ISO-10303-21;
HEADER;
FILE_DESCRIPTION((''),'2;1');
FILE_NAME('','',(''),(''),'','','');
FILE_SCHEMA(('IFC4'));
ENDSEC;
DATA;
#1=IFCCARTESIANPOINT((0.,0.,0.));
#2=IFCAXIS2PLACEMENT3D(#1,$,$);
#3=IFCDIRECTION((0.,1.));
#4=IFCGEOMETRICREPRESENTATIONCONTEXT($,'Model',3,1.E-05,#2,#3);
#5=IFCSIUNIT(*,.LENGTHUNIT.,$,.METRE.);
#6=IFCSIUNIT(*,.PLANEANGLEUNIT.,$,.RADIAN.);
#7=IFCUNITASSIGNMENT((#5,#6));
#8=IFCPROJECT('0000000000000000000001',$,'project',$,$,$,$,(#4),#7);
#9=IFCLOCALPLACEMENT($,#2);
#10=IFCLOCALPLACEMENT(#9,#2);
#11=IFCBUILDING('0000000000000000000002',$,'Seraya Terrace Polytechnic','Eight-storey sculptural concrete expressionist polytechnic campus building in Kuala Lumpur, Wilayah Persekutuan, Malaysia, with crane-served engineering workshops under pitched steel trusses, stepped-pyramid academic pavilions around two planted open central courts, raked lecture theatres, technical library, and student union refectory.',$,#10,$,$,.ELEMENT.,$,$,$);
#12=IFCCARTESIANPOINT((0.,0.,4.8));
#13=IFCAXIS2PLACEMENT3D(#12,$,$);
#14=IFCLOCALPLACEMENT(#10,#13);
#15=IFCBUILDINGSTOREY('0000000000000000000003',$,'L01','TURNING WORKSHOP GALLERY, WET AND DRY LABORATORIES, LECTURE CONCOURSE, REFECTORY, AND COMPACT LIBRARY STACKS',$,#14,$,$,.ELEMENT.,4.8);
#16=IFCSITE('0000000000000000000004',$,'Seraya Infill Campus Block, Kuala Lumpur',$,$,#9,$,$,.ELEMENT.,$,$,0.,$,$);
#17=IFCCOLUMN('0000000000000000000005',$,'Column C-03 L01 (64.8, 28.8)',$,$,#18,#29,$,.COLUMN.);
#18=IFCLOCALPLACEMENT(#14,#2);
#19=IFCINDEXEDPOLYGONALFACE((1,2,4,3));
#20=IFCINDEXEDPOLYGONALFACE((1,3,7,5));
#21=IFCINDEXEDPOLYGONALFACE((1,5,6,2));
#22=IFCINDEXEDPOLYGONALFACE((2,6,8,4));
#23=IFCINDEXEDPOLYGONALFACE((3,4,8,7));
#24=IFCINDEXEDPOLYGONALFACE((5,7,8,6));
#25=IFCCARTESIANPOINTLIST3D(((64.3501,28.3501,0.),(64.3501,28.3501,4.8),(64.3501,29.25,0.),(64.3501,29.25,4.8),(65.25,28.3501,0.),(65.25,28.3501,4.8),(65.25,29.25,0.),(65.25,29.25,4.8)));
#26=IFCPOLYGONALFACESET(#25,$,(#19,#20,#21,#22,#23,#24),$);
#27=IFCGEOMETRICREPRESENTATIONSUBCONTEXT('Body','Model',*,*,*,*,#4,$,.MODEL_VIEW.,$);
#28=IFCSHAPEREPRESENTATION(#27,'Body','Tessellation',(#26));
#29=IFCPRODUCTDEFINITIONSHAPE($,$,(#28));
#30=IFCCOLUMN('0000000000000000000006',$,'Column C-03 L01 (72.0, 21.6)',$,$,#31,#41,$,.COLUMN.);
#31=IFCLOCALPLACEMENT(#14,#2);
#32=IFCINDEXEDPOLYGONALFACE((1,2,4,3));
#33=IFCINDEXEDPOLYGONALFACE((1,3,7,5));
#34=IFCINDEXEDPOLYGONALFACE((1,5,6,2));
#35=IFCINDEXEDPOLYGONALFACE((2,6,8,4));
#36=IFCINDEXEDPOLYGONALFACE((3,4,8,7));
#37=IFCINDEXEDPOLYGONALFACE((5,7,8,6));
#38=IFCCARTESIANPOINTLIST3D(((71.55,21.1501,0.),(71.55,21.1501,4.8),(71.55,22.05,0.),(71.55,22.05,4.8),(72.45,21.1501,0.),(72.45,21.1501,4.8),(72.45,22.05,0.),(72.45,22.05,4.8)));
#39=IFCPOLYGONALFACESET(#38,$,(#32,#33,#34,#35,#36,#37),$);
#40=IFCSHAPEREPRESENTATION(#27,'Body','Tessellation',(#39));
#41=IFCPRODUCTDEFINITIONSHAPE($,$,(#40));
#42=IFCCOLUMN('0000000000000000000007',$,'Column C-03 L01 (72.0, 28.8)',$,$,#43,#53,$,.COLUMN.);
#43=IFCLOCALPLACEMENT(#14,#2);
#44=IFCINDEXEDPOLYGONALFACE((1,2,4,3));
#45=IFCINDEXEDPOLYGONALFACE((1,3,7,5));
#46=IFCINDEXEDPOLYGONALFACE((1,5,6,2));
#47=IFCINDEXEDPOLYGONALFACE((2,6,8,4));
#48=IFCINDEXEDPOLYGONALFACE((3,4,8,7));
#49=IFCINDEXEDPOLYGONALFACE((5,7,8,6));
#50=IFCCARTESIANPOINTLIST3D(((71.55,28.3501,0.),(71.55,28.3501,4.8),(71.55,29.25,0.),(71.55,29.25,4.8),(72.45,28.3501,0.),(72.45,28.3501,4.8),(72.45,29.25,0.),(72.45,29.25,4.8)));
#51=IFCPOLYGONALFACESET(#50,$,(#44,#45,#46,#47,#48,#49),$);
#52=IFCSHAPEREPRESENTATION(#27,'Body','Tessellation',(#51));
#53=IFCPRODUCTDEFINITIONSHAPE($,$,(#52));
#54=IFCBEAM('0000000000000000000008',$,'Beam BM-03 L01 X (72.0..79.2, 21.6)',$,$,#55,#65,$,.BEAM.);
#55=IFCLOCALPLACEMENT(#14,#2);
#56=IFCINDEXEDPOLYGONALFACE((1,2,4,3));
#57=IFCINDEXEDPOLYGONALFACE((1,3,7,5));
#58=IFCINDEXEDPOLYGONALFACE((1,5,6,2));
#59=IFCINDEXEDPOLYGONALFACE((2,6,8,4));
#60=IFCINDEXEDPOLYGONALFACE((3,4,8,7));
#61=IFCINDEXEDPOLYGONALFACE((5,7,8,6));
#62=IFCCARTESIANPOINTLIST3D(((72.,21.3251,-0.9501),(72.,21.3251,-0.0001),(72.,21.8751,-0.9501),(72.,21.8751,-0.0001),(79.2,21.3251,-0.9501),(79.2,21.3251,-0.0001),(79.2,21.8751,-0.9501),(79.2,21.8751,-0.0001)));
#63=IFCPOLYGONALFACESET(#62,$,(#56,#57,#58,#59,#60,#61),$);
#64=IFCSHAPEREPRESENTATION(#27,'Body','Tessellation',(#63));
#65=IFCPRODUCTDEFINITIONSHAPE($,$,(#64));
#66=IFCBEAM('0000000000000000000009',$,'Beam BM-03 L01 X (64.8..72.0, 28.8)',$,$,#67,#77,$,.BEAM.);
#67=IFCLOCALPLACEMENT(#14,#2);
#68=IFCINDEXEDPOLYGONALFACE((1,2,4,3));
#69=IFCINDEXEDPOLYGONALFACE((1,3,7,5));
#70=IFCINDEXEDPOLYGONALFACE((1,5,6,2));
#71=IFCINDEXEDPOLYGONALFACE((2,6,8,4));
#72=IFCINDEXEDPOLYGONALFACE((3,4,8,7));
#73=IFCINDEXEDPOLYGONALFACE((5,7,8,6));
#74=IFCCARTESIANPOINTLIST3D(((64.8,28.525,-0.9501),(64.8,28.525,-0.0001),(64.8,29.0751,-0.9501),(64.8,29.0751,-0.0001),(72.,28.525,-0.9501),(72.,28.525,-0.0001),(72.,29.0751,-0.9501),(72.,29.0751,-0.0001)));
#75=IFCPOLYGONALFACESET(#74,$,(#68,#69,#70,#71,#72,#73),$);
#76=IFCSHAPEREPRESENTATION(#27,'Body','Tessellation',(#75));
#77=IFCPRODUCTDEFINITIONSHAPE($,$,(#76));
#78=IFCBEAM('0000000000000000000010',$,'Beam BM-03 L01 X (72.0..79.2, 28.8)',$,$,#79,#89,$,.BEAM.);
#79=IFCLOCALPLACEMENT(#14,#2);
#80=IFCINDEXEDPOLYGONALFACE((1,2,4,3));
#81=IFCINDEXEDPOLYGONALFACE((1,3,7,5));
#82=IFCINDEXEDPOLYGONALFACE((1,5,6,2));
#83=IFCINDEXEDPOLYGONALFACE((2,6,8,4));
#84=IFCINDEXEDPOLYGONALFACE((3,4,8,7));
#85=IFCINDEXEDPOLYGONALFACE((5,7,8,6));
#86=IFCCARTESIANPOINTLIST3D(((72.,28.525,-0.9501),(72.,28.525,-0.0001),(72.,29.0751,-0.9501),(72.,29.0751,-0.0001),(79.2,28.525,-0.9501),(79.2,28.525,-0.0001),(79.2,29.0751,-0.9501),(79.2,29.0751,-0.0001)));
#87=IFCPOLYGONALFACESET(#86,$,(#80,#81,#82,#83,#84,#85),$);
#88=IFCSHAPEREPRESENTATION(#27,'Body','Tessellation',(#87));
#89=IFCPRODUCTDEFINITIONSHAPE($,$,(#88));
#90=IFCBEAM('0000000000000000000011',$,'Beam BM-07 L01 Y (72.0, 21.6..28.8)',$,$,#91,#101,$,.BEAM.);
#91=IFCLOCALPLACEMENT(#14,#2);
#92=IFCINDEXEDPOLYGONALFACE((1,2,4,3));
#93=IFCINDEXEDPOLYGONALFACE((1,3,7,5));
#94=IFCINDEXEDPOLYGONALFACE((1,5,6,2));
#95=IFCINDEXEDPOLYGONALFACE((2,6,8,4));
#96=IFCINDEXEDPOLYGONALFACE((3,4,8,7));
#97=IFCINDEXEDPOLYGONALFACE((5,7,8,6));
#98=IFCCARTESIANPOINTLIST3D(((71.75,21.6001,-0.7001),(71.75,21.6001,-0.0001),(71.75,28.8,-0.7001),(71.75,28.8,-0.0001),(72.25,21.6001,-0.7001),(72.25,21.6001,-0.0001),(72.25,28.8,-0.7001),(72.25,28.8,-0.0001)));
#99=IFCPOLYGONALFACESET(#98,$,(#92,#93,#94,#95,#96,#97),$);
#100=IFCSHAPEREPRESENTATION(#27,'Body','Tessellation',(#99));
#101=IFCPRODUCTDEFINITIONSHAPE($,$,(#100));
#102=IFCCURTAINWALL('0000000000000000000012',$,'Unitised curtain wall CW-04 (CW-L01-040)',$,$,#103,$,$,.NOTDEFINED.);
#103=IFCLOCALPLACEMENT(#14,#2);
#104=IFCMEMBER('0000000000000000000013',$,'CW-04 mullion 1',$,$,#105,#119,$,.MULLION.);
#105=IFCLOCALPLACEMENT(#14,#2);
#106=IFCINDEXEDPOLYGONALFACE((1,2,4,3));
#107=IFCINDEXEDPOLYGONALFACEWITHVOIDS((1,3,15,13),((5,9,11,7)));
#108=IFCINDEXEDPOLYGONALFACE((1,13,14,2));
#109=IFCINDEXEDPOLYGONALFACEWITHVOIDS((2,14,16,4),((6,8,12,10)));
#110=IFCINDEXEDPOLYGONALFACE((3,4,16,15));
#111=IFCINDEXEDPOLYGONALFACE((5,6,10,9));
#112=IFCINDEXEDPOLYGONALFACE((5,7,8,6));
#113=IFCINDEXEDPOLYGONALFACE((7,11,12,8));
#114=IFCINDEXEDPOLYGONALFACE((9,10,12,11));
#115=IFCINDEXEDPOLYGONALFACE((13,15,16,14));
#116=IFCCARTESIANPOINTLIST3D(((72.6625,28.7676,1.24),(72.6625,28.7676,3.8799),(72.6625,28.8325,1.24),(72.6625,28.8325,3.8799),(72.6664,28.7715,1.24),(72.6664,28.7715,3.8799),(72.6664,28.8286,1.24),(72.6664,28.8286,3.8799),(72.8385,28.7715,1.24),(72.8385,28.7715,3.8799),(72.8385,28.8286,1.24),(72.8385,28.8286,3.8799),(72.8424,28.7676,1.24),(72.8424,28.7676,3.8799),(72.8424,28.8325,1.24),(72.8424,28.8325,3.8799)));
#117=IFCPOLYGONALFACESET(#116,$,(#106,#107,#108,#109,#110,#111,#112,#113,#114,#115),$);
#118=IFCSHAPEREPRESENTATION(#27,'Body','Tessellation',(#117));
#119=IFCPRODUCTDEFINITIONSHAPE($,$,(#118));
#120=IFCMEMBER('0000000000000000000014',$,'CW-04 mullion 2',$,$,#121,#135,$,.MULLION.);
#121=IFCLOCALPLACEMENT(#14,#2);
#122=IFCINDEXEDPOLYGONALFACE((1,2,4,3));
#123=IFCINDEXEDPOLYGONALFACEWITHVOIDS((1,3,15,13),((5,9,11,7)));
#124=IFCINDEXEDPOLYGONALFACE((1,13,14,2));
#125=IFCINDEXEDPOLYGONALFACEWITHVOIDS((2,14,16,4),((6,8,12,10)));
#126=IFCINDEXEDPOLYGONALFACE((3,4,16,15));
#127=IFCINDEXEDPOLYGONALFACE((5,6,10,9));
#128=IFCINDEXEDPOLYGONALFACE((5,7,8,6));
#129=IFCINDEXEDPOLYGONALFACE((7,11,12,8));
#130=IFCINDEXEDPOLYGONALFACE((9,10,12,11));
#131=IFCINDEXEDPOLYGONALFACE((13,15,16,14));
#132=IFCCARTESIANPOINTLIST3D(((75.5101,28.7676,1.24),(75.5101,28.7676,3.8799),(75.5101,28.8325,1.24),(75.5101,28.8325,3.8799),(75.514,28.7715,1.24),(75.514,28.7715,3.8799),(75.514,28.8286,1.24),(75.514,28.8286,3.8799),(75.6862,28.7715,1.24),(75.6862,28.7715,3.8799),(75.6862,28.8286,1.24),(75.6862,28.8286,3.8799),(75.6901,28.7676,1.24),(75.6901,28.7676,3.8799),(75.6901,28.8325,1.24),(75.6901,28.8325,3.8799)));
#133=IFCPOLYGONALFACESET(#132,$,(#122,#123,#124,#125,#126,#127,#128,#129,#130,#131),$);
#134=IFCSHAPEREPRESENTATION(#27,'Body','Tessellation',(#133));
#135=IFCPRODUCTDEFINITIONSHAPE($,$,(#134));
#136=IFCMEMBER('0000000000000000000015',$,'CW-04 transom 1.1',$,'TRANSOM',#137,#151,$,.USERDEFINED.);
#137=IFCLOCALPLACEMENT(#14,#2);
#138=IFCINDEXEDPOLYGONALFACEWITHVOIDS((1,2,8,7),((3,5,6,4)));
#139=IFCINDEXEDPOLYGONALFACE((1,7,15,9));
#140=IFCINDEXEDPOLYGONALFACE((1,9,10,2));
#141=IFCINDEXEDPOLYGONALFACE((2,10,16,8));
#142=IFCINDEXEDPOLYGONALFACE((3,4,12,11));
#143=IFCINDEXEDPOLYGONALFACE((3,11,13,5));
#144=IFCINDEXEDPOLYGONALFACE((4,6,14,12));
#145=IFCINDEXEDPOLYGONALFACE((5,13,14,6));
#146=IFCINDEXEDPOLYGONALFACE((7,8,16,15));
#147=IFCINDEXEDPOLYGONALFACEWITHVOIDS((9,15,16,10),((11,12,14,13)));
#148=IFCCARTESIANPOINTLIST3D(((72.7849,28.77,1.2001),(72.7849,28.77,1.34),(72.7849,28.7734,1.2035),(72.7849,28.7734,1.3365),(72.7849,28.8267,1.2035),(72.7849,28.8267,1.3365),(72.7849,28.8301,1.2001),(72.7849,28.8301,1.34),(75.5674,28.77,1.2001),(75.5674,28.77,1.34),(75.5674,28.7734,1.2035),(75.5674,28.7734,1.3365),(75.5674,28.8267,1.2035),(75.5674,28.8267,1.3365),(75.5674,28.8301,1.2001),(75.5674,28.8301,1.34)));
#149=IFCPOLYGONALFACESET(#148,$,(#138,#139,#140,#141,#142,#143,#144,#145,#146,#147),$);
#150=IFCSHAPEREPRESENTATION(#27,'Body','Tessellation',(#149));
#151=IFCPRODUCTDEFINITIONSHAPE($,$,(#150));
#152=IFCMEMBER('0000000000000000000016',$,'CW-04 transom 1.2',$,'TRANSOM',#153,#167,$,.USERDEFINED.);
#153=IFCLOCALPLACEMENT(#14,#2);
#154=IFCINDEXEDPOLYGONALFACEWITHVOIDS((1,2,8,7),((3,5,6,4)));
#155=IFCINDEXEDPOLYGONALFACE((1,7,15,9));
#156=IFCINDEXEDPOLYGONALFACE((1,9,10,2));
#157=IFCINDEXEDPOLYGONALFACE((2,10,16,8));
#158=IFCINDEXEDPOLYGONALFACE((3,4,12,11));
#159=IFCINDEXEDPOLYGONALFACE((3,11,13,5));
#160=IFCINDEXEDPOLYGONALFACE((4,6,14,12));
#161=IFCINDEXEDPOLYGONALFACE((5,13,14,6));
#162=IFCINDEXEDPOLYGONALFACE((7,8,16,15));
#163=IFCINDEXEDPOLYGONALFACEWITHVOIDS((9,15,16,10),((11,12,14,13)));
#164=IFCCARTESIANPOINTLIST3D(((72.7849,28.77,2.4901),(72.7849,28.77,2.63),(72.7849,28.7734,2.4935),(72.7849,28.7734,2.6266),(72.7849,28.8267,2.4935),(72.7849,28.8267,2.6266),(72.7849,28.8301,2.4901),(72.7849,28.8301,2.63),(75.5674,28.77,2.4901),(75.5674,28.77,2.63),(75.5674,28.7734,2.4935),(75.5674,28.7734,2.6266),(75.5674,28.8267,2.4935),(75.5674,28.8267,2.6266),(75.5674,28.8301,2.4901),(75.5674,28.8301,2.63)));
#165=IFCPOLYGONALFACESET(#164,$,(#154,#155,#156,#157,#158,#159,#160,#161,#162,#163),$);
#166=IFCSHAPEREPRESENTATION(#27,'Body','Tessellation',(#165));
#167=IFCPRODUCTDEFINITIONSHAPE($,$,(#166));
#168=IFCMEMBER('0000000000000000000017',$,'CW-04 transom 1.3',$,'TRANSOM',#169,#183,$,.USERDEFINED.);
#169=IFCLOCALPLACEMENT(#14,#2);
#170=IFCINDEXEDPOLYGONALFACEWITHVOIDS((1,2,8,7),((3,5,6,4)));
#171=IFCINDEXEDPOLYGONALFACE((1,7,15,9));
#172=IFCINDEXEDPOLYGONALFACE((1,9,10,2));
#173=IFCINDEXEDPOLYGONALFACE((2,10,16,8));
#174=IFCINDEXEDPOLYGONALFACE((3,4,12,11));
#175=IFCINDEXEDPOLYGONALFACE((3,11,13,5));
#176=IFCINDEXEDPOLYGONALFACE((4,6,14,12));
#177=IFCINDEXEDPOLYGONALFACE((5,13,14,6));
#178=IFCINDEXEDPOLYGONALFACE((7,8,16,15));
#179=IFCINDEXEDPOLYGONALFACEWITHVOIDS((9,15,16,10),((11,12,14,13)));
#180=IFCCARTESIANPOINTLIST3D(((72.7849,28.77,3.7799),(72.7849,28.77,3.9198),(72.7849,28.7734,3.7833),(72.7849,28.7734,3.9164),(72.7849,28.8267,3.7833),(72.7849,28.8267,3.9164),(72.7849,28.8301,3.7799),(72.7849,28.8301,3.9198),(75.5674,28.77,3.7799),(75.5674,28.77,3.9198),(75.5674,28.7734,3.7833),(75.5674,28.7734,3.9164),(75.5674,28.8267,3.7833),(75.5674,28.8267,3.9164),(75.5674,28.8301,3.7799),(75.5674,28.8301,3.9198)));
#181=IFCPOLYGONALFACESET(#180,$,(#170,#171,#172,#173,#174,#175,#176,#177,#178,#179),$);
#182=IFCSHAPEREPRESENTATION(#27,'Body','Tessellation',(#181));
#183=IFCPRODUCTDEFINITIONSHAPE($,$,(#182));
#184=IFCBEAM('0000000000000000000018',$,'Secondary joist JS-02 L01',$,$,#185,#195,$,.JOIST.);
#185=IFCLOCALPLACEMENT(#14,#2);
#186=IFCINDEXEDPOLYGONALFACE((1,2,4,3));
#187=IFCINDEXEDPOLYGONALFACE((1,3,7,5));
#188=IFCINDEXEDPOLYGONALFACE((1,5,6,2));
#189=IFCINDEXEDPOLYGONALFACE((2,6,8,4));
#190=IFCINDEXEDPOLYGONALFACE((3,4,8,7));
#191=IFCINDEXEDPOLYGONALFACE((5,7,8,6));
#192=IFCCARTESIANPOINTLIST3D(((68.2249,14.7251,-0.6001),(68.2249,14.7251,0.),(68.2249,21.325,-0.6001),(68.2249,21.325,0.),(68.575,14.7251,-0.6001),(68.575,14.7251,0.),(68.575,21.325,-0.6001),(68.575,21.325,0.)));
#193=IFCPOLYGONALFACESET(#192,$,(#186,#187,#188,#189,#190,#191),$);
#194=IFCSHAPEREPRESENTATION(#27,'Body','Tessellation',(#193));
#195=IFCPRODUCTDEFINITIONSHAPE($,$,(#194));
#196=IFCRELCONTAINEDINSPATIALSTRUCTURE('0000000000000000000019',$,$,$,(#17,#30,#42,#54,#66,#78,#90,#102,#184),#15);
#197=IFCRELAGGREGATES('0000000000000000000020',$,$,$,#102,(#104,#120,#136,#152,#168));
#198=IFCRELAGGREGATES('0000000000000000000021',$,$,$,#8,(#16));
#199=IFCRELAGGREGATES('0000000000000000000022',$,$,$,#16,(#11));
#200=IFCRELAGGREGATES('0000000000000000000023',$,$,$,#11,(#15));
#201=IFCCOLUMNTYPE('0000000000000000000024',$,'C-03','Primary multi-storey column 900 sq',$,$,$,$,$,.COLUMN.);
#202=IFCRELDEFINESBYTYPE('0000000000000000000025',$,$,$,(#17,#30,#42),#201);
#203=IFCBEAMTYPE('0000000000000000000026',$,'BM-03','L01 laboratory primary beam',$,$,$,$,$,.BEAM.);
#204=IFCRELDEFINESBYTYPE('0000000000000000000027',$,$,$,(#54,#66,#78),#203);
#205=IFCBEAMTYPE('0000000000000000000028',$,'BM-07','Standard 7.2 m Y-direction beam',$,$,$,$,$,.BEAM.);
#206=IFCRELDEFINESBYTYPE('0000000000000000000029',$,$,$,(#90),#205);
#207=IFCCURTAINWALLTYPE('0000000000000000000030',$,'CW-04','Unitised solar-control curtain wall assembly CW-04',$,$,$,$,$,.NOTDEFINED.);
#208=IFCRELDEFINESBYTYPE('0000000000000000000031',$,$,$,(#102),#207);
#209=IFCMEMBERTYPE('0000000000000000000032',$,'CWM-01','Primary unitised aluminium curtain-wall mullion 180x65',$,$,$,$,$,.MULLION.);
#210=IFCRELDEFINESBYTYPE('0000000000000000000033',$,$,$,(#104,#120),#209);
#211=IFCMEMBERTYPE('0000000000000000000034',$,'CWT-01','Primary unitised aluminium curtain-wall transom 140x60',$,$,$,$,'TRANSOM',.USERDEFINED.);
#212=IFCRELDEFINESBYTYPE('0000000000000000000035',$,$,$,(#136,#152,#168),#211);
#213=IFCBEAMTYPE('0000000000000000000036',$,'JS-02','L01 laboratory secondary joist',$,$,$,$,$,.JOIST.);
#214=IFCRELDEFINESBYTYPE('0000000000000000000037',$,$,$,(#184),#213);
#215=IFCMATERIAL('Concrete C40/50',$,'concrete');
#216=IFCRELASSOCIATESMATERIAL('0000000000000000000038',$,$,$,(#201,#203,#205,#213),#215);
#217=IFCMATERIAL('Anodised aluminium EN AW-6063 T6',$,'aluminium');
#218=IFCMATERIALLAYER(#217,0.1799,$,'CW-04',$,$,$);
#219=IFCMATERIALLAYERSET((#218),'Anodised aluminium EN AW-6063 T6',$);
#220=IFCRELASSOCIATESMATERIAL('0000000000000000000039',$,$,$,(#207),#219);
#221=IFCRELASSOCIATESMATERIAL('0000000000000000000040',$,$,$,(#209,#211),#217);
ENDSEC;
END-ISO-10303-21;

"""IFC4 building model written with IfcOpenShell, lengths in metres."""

from ifc_helpers import new_model, si_unit, direction, frame, origin, origin_2d, place, context, subcontext, project, spatial, rectangle, hollow_rectangle, extrude, material, layer, layer_set, material_profile, profile_set, type_object, element, aggregate, save


model = new_model("IFC4")

# Units and contexts
model_context = context("Model", 3, precision=1e-05, world=origin(), true_north=direction((0.0, 1.0)))
body_context = subcontext(model_context, "Body", "Model", "MODEL_VIEW")
ifc_project = project(units=[si_unit("LENGTHUNIT", "METRE"), si_unit("PLANEANGLEUNIT", "RADIAN")], contexts=[model_context])

# Site, building, storey
site_placement = place(None, origin())
site = spatial("IfcSite", under=ifc_project, at=site_placement, Name="Seraya Infill Campus Block, Kuala Lumpur", CompositionType="ELEMENT", RefElevation=0.0)
building_placement = place(site_placement, origin())
building = spatial("IfcBuilding", under=site, at=building_placement, Name="Seraya Terrace Polytechnic", Description="Eight-storey sculptural concrete expressionist polytechnic campus building in Kuala Lumpur, Wilayah Persekutuan, Malaysia, with crane-served engineering workshops under pitched steel trusses, stepped-pyramid academic pavilions around two planted open central courts, raked lecture theatres, technical library, and student union refectory.", CompositionType="ELEMENT")
storey_placement = place(building_placement, frame((0.0, 0.0, 4.8)))
storey = spatial("IfcBuildingStorey", under=building, at=storey_placement, Name="L01", Description="TURNING WORKSHOP GALLERY, WET AND DRY LABORATORIES, LECTURE CONCOURSE, REFECTORY, AND COMPACT LIBRARY STACKS", CompositionType="ELEMENT", Elevation=4.8)

# Columns
ifc_material_1 = material(Name="Concrete C40/50", Category="concrete")
ifc_material_profile_1 = material_profile(ifc_material_1, rectangle(XDim=0.8999, YDim=0.8999, at=origin_2d()), Name="RC 900x900")
ifc_profile_set_1 = profile_set([ifc_material_profile_1], Name="Concrete C40/50")
column_type = type_object("IfcColumnType", Name="C-03", Description="Primary multi-storey column 900 sq", PredefinedType="COLUMN", material=ifc_profile_set_1)
for number, where, z_axis, x_axis, name in (
    (1, (64.8, 28.8, 0.0), (0.0, 0.0, 1.0), (1.0, 0.0, 0.0), "Column C-03 L01 (64.8, 28.8)"),
    (2, (72.0, 21.6001, 0.0), (0.0, 0.0, 1.0), (1.0, 0.0, 0.0), "Column C-03 L01 (72.0, 21.6)"),
    (3, (72.0, 28.8, 0.0), (0.0, 0.0, 1.0), (1.0, 0.0, 0.0), "Column C-03 L01 (72.0, 28.8)"),
):
    element("IfcColumn", number, at=place(storey_placement, frame(where, z_axis=z_axis, x_axis=x_axis)), inside=storey, type_object=column_type, Name=name, PredefinedType="COLUMN", context=body_context, shape_type="SweptSolid", body=[
        extrude(rectangle(XDim=0.8999, YDim=0.8999, at=origin_2d()), origin(), (0.0, 0.0, 1.0), 4.8),
    ])

# Beams
ifc_material_profile_2 = material_profile(ifc_material_1, rectangle(XDim=0.55, YDim=0.95, at=origin_2d()), Name="RC 550x950")
ifc_profile_set_2 = profile_set([ifc_material_profile_2], Name="Concrete C40/50")
beam_type_1 = type_object("IfcBeamType", Name="BM-03", Description="L01 laboratory primary beam", PredefinedType="BEAM", material=ifc_profile_set_2)
for number, where, z_axis, x_axis, name in (
    (4, (72.0, 21.6001, -0.4751), (1.0, 0.0, 0.0), (0.0, 1.0, 0.0), "Beam BM-03 L01 X (72.0..79.2, 21.6)"),
    (5, (64.8, 28.8, -0.4751), (1.0, 0.0, 0.0), (0.0, 1.0, 0.0), "Beam BM-03 L01 X (64.8..72.0, 28.8)"),
    (6, (72.0, 28.8, -0.4751), (1.0, 0.0, 0.0), (0.0, 1.0, 0.0), "Beam BM-03 L01 X (72.0..79.2, 28.8)"),
):
    element("IfcBeam", number, at=place(storey_placement, frame(where, z_axis=z_axis, x_axis=x_axis)), inside=storey, type_object=beam_type_1, Name=name, PredefinedType="BEAM", context=body_context, shape_type="SweptSolid", body=[
        extrude(rectangle(XDim=0.55, YDim=0.95, at=origin_2d()), origin(), (0.0, 0.0, 1.0), 7.2),
    ])
ifc_material_profile_3 = material_profile(ifc_material_1, rectangle(XDim=0.5, YDim=0.7, at=origin_2d()), Name="RC 500x700")
ifc_profile_set_3 = profile_set([ifc_material_profile_3], Name="Concrete C40/50")
beam_type_2 = type_object("IfcBeamType", Name="BM-07", Description="Standard 7.2 m Y-direction beam", PredefinedType="BEAM", material=ifc_profile_set_3)
beam_1_placement = place(storey_placement, frame((72.0, 21.6001, -0.3501), z_axis=(0.0, 1.0, 0.0), x_axis=(-1.0, 0.0, 0.0)))
element("IfcBeam", 7, at=beam_1_placement, inside=storey, type_object=beam_type_2, Name="Beam BM-07 L01 Y (72.0, 21.6..28.8)", PredefinedType="BEAM", context=body_context, shape_type="SweptSolid", body=[
    extrude(rectangle(XDim=0.5, YDim=0.7, at=origin_2d()), origin(), (0.0, 0.0, 1.0), 7.2),
])

# Curtain wall, members
ifc_material_2 = material(Name="Anodised aluminium EN AW-6063 T6", Category="aluminium")
ifc_layer_1 = layer(ifc_material_2, 0.1799, Name="CW-04")
ifc_layer_set_1 = layer_set([ifc_layer_1], Name="Anodised aluminium EN AW-6063 T6")
curtain_wall_type = type_object("IfcCurtainWallType", Name="CW-04", Description="Unitised solar-control curtain wall assembly CW-04", PredefinedType="NOTDEFINED", material=ifc_layer_set_1)
curtain_wall_placement = place(storey_placement, origin())
curtain_wall = element("IfcCurtainWall", 8, at=curtain_wall_placement, inside=storey, type_object=curtain_wall_type, Name="Unitised curtain wall CW-04 (CW-L01-040)", PredefinedType="NOTDEFINED")
ifc_material_profile_4 = material_profile(ifc_material_2, hollow_rectangle(XDim=0.0649, YDim=0.1799, WallThickness=0.0039, at=origin_2d()), Name="RHS 180x65x4.0")
ifc_profile_set_4 = profile_set([ifc_material_profile_4], Name="Anodised aluminium EN AW-6063 T6")
member_type_1 = type_object("IfcMemberType", Name="CWM-01", Description="Primary unitised aluminium curtain-wall mullion 180x65", PredefinedType="MULLION", material=ifc_profile_set_4)
member_1_placement = place(storey_placement, frame((72.7524, 28.8, 1.24), z_axis=(0.0, 0.0, 1.0), x_axis=(0.0, 1.0, 0.0)))
member_1 = element("IfcMember", 9, at=member_1_placement, type_object=member_type_1, Name="CW-04 mullion 1", PredefinedType="MULLION", context=body_context, shape_type="SweptSolid", body=[
    extrude(hollow_rectangle(XDim=0.0649, YDim=0.1799, WallThickness=0.0039, at=origin_2d()), origin(), (0.0, 0.0, 1.0), 2.6399),
])
member_2_placement = place(storey_placement, frame((75.6001, 28.8, 1.24), z_axis=(0.0, 0.0, 1.0), x_axis=(0.0, 1.0, 0.0)))
member_2 = element("IfcMember", 10, at=member_2_placement, type_object=member_type_1, Name="CW-04 mullion 2", PredefinedType="MULLION", context=body_context, shape_type="SweptSolid", body=[
    extrude(hollow_rectangle(XDim=0.0649, YDim=0.1799, WallThickness=0.0039, at=origin_2d()), origin(), (0.0, 0.0, 1.0), 2.6399),
])
ifc_material_profile_5 = material_profile(ifc_material_2, hollow_rectangle(XDim=0.0601, YDim=0.1399, WallThickness=0.0034, at=origin_2d()), Name="RHS 140x60x3.5")
ifc_profile_set_5 = profile_set([ifc_material_profile_5], Name="Anodised aluminium EN AW-6063 T6")
member_type_2 = type_object("IfcMemberType", Name="CWT-01", Description="Primary unitised aluminium curtain-wall transom 140x60", ElementType="TRANSOM", PredefinedType="USERDEFINED", material=ifc_profile_set_5)
member_3_placement = place(storey_placement, frame((72.7849, 28.8, 1.27), z_axis=(1.0, 0.0, 0.0), x_axis=(0.0, 1.0, 0.0)))
member_3 = element("IfcMember", 11, at=member_3_placement, type_object=member_type_2, Name="CW-04 transom 1.1", ObjectType="TRANSOM", PredefinedType="USERDEFINED", context=body_context, shape_type="SweptSolid", body=[
    extrude(hollow_rectangle(XDim=0.0601, YDim=0.1399, WallThickness=0.0034, at=origin_2d()), origin(), (0.0, 0.0, 1.0), 2.7825),
])
member_4_placement = place(storey_placement, frame((72.7849, 28.8, 2.5601), z_axis=(1.0, 0.0, 0.0), x_axis=(0.0, 1.0, 0.0)))
member_4 = element("IfcMember", 12, at=member_4_placement, type_object=member_type_2, Name="CW-04 transom 1.2", ObjectType="TRANSOM", PredefinedType="USERDEFINED", context=body_context, shape_type="SweptSolid", body=[
    extrude(hollow_rectangle(XDim=0.0601, YDim=0.1399, WallThickness=0.0034, at=origin_2d()), origin(), (0.0, 0.0, 1.0), 2.7825),
])
member_5_placement = place(storey_placement, frame((72.7849, 28.8, 3.8499), z_axis=(1.0, 0.0, 0.0), x_axis=(0.0, 1.0, 0.0)))
member_5 = element("IfcMember", 13, at=member_5_placement, type_object=member_type_2, Name="CW-04 transom 1.3", ObjectType="TRANSOM", PredefinedType="USERDEFINED", context=body_context, shape_type="SweptSolid", body=[
    extrude(hollow_rectangle(XDim=0.0601, YDim=0.1399, WallThickness=0.0034, at=origin_2d()), origin(), (0.0, 0.0, 1.0), 2.7825),
])

# Beam
ifc_material_profile_6 = material_profile(ifc_material_1, rectangle(XDim=0.3501, YDim=0.6001, at=origin_2d()), Name="RC 350x600")
ifc_profile_set_6 = profile_set([ifc_material_profile_6], Name="Concrete C40/50")
beam_type_3 = type_object("IfcBeamType", Name="JS-02", Description="L01 laboratory secondary joist", PredefinedType="JOIST", material=ifc_profile_set_6)
beam_2_placement = place(storey_placement, frame((68.3999, 14.7251, -0.3), z_axis=(0.0, 1.0, 0.0), x_axis=(-1.0, 0.0, 0.0)))
element("IfcBeam", 14, at=beam_2_placement, inside=storey, type_object=beam_type_3, Name="Secondary joist JS-02 L01", PredefinedType="JOIST", context=body_context, shape_type="SweptSolid", body=[
    extrude(rectangle(XDim=0.3501, YDim=0.6001, at=origin_2d()), origin(), (0.0, 0.0, 1.0), 6.5999),
])

aggregate(curtain_wall, [member_1, member_2, member_3, member_4, member_5])

save(model, "model.ifc")
